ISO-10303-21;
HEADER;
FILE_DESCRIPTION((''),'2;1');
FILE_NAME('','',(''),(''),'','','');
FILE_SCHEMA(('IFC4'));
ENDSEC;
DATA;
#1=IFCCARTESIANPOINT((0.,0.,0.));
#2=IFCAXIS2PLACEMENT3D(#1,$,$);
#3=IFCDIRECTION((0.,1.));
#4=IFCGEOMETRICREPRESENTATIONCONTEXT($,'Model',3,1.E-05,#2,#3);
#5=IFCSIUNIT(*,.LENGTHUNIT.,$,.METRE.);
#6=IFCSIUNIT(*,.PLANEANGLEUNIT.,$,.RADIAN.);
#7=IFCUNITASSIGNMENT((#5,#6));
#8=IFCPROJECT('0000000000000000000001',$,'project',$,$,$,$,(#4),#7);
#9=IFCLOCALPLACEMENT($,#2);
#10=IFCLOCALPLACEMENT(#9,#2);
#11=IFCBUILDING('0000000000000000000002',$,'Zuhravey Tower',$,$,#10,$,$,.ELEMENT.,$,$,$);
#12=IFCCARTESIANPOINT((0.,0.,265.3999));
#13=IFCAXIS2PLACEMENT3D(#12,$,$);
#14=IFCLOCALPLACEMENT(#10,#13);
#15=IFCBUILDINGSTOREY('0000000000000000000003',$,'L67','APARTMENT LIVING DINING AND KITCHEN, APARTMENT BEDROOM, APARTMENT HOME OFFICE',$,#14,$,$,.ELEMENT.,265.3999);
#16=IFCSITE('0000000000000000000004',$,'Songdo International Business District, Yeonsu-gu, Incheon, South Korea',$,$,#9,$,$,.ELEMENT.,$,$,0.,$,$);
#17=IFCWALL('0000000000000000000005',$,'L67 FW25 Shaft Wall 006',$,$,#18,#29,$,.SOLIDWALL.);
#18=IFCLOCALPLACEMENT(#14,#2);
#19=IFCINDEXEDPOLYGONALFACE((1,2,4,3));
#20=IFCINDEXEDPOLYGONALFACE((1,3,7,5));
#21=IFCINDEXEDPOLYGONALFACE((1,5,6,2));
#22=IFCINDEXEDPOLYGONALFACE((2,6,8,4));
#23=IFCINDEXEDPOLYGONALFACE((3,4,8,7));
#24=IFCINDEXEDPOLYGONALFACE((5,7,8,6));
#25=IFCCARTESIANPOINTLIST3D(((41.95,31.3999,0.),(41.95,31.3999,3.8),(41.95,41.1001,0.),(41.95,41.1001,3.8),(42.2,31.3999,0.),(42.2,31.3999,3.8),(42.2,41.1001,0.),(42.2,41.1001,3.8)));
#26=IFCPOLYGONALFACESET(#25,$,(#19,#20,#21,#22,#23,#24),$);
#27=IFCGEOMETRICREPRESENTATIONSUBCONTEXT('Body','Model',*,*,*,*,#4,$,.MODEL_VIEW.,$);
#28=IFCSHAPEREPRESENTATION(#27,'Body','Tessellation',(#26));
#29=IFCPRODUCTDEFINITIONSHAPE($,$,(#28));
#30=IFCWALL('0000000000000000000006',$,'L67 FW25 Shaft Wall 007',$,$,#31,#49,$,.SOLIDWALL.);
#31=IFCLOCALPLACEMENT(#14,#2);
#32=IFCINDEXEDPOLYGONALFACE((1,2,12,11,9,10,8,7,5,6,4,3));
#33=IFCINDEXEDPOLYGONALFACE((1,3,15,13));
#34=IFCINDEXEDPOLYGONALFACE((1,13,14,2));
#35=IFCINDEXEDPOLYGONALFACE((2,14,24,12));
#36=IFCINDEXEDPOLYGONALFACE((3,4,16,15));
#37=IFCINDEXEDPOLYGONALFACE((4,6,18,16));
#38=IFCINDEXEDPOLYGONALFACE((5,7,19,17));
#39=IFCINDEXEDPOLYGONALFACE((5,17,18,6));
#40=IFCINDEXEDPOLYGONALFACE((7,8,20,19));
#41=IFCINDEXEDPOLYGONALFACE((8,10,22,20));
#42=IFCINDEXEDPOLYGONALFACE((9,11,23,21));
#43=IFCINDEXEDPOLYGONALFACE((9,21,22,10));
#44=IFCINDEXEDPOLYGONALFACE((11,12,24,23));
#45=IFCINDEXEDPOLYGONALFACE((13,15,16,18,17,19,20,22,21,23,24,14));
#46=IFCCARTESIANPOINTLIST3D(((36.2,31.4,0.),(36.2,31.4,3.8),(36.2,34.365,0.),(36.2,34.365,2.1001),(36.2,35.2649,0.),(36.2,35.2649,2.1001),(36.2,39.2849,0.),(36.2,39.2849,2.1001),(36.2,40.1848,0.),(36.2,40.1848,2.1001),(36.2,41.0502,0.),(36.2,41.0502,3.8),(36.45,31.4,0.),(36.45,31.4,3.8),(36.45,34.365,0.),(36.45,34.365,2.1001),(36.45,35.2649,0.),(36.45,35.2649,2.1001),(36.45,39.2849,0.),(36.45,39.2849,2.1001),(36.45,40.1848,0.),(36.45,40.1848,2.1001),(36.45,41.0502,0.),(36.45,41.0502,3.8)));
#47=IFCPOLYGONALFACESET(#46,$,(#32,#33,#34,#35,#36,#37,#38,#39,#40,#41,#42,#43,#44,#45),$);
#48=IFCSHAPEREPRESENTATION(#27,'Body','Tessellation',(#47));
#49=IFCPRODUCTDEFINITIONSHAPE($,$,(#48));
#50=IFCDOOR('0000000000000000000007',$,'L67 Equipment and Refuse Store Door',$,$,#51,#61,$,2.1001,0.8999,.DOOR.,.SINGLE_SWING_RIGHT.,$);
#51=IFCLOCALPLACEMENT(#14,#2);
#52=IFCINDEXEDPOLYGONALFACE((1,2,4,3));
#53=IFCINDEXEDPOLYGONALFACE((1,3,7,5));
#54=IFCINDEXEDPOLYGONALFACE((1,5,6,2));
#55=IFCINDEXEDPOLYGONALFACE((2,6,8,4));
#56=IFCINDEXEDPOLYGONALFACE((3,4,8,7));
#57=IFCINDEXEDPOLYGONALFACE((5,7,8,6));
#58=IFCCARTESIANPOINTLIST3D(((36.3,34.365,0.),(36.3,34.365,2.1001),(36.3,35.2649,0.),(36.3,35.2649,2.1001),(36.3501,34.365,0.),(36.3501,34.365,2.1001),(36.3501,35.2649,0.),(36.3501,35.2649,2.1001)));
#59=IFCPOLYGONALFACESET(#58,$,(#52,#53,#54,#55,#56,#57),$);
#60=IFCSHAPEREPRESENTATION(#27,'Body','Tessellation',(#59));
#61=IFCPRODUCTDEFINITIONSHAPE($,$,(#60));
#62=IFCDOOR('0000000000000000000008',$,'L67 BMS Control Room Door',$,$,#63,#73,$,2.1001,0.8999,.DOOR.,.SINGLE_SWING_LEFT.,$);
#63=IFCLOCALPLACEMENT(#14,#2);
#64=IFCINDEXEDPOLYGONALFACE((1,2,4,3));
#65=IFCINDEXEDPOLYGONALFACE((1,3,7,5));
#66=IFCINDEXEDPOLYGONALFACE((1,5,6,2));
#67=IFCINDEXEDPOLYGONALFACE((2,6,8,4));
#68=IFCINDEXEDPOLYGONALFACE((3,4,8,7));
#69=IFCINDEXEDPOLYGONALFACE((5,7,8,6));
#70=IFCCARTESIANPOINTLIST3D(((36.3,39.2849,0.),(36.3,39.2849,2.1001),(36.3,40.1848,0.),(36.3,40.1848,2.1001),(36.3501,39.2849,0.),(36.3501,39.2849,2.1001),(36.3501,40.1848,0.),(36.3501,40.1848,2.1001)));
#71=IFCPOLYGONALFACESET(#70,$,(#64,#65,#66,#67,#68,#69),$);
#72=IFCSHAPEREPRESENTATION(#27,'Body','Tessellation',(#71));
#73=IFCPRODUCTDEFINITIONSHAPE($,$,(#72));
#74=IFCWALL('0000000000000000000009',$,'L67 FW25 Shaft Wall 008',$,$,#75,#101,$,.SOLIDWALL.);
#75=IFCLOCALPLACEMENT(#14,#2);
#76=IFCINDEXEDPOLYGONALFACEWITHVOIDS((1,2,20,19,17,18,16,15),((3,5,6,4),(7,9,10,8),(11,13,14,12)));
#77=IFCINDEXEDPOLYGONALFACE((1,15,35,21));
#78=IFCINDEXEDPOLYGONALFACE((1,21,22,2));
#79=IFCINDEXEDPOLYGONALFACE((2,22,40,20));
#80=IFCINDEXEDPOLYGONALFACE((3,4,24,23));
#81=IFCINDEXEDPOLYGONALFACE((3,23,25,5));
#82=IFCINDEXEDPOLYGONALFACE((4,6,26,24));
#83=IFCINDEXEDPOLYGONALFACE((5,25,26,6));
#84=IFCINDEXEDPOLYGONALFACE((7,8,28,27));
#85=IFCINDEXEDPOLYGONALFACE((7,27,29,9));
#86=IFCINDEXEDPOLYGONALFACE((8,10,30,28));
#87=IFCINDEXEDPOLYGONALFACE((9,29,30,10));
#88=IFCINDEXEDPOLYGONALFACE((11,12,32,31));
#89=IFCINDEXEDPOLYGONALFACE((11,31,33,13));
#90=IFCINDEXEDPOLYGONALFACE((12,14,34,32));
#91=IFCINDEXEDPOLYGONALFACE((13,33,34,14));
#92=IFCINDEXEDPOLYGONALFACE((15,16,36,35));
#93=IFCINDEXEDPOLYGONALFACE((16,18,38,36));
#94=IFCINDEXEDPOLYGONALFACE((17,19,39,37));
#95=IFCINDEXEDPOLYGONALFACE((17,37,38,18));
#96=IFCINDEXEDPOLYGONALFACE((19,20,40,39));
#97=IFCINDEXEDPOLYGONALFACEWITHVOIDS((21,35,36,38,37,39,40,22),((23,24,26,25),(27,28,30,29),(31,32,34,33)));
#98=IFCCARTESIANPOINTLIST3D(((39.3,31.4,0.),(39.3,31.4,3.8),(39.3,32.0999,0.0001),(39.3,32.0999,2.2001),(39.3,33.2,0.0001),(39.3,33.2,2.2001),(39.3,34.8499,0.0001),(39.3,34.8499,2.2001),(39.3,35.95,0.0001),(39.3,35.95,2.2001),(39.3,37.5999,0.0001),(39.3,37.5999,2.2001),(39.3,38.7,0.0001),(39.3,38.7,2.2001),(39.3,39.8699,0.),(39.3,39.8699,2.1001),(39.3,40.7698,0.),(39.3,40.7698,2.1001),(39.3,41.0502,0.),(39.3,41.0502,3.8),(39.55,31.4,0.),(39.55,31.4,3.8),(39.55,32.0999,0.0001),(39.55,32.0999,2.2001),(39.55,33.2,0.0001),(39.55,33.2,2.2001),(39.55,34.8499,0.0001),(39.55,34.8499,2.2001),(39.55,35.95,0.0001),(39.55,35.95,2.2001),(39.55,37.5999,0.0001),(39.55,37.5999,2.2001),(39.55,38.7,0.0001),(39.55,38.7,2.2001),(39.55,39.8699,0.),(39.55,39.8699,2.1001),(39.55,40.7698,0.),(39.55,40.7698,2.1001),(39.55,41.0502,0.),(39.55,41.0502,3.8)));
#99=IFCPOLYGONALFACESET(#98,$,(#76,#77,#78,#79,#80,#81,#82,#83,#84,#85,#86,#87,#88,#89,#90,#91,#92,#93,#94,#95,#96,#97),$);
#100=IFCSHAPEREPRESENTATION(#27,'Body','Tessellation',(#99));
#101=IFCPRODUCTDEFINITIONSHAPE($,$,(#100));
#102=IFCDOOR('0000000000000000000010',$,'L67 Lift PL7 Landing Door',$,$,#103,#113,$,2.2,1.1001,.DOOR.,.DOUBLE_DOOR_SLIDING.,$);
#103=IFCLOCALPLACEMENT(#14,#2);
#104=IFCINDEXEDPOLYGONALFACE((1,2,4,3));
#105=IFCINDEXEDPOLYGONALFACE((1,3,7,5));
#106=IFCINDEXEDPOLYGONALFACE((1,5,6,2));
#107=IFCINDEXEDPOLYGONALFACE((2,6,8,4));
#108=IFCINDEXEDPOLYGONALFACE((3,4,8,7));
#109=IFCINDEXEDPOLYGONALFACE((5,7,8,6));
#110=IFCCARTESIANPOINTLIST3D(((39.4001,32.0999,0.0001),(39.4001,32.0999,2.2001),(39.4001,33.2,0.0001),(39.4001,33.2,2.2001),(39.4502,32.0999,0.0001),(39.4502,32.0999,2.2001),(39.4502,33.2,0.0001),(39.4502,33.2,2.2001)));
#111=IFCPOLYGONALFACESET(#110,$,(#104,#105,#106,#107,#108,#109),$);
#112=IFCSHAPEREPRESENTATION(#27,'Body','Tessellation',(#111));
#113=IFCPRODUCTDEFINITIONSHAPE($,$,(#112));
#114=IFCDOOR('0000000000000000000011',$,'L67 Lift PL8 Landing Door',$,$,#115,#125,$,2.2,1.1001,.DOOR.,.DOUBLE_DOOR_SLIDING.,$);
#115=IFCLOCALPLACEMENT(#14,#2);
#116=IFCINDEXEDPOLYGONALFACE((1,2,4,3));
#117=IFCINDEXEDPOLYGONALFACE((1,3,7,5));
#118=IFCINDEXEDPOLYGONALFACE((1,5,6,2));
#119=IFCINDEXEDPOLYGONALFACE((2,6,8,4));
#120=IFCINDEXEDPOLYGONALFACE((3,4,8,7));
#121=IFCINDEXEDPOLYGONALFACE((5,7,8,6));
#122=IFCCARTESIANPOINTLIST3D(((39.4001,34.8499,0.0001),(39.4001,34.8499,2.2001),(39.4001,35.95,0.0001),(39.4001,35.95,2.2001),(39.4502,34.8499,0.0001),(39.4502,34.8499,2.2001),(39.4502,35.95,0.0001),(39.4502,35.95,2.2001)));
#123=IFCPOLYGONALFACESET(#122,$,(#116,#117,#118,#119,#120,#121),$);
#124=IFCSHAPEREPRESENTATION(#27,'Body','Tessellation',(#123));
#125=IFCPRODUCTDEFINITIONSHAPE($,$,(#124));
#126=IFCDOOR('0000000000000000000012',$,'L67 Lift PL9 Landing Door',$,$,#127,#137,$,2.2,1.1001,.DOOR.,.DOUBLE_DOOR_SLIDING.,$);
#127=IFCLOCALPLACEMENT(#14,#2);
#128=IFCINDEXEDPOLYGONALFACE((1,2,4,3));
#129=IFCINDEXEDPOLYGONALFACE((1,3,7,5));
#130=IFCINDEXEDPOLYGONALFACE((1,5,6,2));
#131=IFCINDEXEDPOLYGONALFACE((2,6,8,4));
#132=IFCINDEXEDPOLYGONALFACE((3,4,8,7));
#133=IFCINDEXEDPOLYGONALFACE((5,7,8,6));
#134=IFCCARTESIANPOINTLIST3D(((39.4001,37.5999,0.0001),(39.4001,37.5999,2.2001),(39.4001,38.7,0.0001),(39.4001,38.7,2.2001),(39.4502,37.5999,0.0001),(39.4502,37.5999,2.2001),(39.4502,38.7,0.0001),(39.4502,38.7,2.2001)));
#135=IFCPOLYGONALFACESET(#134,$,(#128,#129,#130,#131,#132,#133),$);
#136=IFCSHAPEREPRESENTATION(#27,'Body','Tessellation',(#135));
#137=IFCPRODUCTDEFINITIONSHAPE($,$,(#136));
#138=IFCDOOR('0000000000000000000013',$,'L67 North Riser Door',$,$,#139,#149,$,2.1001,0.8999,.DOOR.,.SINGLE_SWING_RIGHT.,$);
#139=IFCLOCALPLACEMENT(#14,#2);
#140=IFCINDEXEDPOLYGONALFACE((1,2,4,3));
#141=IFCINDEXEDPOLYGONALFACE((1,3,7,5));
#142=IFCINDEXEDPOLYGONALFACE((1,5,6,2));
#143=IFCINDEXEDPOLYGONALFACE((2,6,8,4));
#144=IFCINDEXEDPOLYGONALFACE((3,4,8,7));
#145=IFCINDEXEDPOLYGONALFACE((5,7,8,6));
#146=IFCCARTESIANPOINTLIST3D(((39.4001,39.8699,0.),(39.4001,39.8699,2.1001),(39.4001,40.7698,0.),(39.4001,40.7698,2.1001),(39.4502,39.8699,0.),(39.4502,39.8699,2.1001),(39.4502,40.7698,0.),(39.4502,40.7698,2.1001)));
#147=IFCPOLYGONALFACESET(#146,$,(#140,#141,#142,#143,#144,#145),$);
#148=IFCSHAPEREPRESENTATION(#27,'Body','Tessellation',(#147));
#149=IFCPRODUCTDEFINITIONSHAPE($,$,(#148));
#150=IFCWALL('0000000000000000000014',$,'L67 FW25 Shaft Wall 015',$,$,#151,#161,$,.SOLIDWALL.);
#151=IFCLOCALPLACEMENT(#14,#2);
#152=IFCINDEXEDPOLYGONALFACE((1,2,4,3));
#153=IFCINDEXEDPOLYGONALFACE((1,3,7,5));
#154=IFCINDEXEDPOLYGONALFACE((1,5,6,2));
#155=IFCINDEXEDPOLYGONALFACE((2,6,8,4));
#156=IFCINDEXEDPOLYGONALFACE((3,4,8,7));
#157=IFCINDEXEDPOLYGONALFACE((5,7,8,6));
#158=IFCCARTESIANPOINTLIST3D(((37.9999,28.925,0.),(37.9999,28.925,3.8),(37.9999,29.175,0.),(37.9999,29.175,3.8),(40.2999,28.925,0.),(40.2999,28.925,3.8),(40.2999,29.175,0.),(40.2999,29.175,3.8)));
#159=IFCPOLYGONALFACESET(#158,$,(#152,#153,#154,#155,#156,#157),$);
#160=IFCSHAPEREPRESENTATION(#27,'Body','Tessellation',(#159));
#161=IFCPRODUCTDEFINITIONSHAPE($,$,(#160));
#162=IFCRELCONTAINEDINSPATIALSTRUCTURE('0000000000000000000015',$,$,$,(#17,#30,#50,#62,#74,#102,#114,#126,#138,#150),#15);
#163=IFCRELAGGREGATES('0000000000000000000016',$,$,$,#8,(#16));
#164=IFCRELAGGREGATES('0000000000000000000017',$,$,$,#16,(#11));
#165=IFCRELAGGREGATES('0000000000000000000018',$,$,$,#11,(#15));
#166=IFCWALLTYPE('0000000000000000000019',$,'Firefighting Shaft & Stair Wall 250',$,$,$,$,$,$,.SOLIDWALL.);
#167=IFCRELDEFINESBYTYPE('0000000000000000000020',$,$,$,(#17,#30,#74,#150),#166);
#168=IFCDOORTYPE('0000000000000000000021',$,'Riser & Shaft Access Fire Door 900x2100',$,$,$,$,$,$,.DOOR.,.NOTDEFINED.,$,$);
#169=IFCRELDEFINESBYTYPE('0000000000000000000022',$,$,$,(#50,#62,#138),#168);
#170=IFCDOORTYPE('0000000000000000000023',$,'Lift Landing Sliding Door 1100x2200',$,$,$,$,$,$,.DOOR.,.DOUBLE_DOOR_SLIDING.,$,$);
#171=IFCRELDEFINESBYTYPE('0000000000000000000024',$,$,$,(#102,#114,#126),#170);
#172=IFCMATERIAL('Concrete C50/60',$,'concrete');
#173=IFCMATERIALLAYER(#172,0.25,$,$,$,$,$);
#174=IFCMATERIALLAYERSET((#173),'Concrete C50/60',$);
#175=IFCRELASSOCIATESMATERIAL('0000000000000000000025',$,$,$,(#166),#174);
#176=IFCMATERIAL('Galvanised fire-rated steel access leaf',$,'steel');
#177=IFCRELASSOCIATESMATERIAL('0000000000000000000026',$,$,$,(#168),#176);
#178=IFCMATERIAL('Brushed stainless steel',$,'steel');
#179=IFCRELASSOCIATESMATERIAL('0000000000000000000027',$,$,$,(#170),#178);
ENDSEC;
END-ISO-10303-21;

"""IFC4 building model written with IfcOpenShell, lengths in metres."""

from ifc_helpers import new_model, si_unit, direction, frame, frame_2d, origin, place, context, subcontext, project, spatial, rectangle, extrude, material, layer, layer_set, type_object, element, fill, save


model = new_model("IFC4")

# Units and contexts
model_context = context("Model", 3, precision=1e-05, world=origin(), true_north=direction((0.0, 1.0)))
body_context = subcontext(model_context, "Body", "Model", "MODEL_VIEW")
ifc_project = project(units=[si_unit("LENGTHUNIT", "METRE"), si_unit("PLANEANGLEUNIT", "RADIAN")], contexts=[model_context])

# Site, building, storey
site_placement = place(None, origin())
site = spatial("IfcSite", under=ifc_project, at=site_placement, Name="Songdo International Business District, Yeonsu-gu, Incheon, South Korea", CompositionType="ELEMENT", RefElevation=0.0)
building_placement = place(site_placement, origin())
building = spatial("IfcBuilding", under=site, at=building_placement, Name="Zuhravey Tower", CompositionType="ELEMENT")
storey_placement = place(building_placement, frame((0.0, 0.0, 265.3999)))
storey = spatial("IfcBuildingStorey", under=building, at=storey_placement, Name="L67", Description="APARTMENT LIVING DINING AND KITCHEN, APARTMENT BEDROOM, APARTMENT HOME OFFICE", CompositionType="ELEMENT", Elevation=265.3999)

# Wall
ifc_material_1 = material(Name="Concrete C50/60", Category="concrete")
ifc_layer = layer(ifc_material_1, 0.25)
ifc_layer_set = layer_set([ifc_layer], Name="Concrete C50/60")
wall_type = type_object("IfcWallType", Name="Firefighting Shaft & Stair Wall 250", PredefinedType="SOLIDWALL", material=ifc_layer_set)
wall_1_placement = place(storey_placement, frame((42.075, 31.3999, 0.0), z_axis=(0.0, 0.0, 1.0), x_axis=(0.0, 1.0, 0.0)))
element("IfcWall", 1, at=wall_1_placement, inside=storey, type_object=wall_type, Name="L67 FW25 Shaft Wall 006", PredefinedType="SOLIDWALL", context=body_context, shape_type="SweptSolid", body=[
    extrude(rectangle(XDim=9.7002, YDim=0.25, at=frame_2d((4.8501, 0.0))), origin(), (0.0, 0.0, 1.0), 3.8),
])

# Walls, openings, doors
wall_2_placement = place(storey_placement, frame((36.325, 31.3999, 0.0), z_axis=(0.0, 0.0, 1.0), x_axis=(0.0, 1.0, 0.0)))
wall_2 = element("IfcWall", 2, at=wall_2_placement, inside=storey, type_object=wall_type, Name="L67 FW25 Shaft Wall 007", PredefinedType="SOLIDWALL", context=body_context, shape_type="SweptSolid", body=[
    extrude(rectangle(XDim=9.6501, YDim=0.25, at=frame_2d((4.8252, 0.0))), origin(), (0.0, 0.0, 1.0), 3.8),
])
opening_1_placement = place(wall_2_placement, frame((2.9651, 0.0, 0.0)))
opening_1 = element("IfcOpeningElement", 3, at=opening_1_placement, cuts=wall_2, PredefinedType="OPENING", context=body_context, shape_type="SweptSolid", body=[
    extrude(rectangle(XDim=0.8999, YDim=2.1001, at=frame_2d((0.45, 1.05))), frame((0.0, 0.137, 0.0), z_axis=(0.0, -1.0, 0.0), x_axis=(1.0, 0.0, 0.0)), (0.0, 0.0, 1.0), 0.2739),
])
opening_2_placement = place(wall_2_placement, frame((7.885, 0.0, 0.0)))
opening_2 = element("IfcOpeningElement", 4, at=opening_2_placement, cuts=wall_2, PredefinedType="OPENING", context=body_context, shape_type="SweptSolid", body=[
    extrude(rectangle(XDim=0.8999, YDim=2.1001, at=frame_2d((0.45, 1.05))), frame((0.0, 0.137, 0.0), z_axis=(0.0, -1.0, 0.0), x_axis=(1.0, 0.0, 0.0)), (0.0, 0.0, 1.0), 0.2739),
])
ifc_material_2 = material(Name="Galvanised fire-rated steel access leaf", Category="steel")
door_type_1 = type_object("IfcDoorType", Name="Riser & Shaft Access Fire Door 900x2100", OperationType="NOTDEFINED", PredefinedType="DOOR", material=ifc_material_2)
door_1_placement = place(opening_1_placement, origin())
door_1 = element("IfcDoor", 5, at=door_1_placement, inside=storey, type_object=door_type_1, Name="L67 Equipment and Refuse Store Door", OperationType="SINGLE_SWING_RIGHT", OverallHeight=2.1001, OverallWidth=0.8999, PredefinedType="DOOR", context=body_context, shape_type="SweptSolid", body=[
    extrude(rectangle(XDim=0.8999, YDim=2.1001, at=frame_2d((0.45, 1.05))), frame((0.0, 0.0249, 0.0), z_axis=(0.0, -1.0, 0.0), x_axis=(1.0, 0.0, 0.0)), (0.0, 0.0, 1.0), 0.05),
])
fill(opening_1, door_1)
door_2_placement = place(opening_2_placement, origin())
door_2 = element("IfcDoor", 6, at=door_2_placement, inside=storey, type_object=door_type_1, Name="L67 BMS Control Room Door", OperationType="SINGLE_SWING_LEFT", OverallHeight=2.1001, OverallWidth=0.8999, PredefinedType="DOOR", context=body_context, shape_type="SweptSolid", body=[
    extrude(rectangle(XDim=0.8999, YDim=2.1001, at=frame_2d((0.45, 1.05))), frame((0.0, 0.0249, 0.0), z_axis=(0.0, -1.0, 0.0), x_axis=(1.0, 0.0, 0.0)), (0.0, 0.0, 1.0), 0.05),
])
fill(opening_2, door_2)
wall_3_placement = place(storey_placement, frame((39.425, 31.3999, 0.0), z_axis=(0.0, 0.0, 1.0), x_axis=(0.0, 1.0, 0.0)))
wall_3 = element("IfcWall", 7, at=wall_3_placement, inside=storey, type_object=wall_type, Name="L67 FW25 Shaft Wall 008", PredefinedType="SOLIDWALL", context=body_context, shape_type="SweptSolid", body=[
    extrude(rectangle(XDim=9.6501, YDim=0.25, at=frame_2d((4.8252, 0.0))), origin(), (0.0, 0.0, 1.0), 3.8),
])
opening_3_placement = place(wall_3_placement, frame((0.7, 0.0, 0.0)))
opening_3 = element("IfcOpeningElement", 8, at=opening_3_placement, cuts=wall_3, PredefinedType="OPENING", context=body_context, shape_type="SweptSolid", body=[
    extrude(rectangle(XDim=1.1001, YDim=2.2, at=frame_2d((0.55, 1.1001))), frame((0.0, 0.137, 0.0), z_axis=(0.0, -1.0, 0.0), x_axis=(1.0, 0.0, 0.0)), (0.0, 0.0, 1.0), 0.2739),
])
opening_4_placement = place(wall_3_placement, frame((3.45, 0.0, 0.0)))
opening_4 = element("IfcOpeningElement", 9, at=opening_4_placement, cuts=wall_3, PredefinedType="OPENING", context=body_context, shape_type="SweptSolid", body=[
    extrude(rectangle(XDim=1.1001, YDim=2.2, at=frame_2d((0.55, 1.1001))), frame((0.0, 0.137, 0.0), z_axis=(0.0, -1.0, 0.0), x_axis=(1.0, 0.0, 0.0)), (0.0, 0.0, 1.0), 0.2739),
])
opening_5_placement = place(wall_3_placement, frame((6.2, 0.0, 0.0)))
opening_5 = element("IfcOpeningElement", 10, at=opening_5_placement, cuts=wall_3, PredefinedType="OPENING", context=body_context, shape_type="SweptSolid", body=[
    extrude(rectangle(XDim=1.1001, YDim=2.2, at=frame_2d((0.55, 1.1001))), frame((0.0, 0.137, 0.0), z_axis=(0.0, -1.0, 0.0), x_axis=(1.0, 0.0, 0.0)), (0.0, 0.0, 1.0), 0.2739),
])
opening_6_placement = place(wall_3_placement, frame((8.47, 0.0, 0.0)))
opening_6 = element("IfcOpeningElement", 11, at=opening_6_placement, cuts=wall_3, PredefinedType="OPENING", context=body_context, shape_type="SweptSolid", body=[
    extrude(rectangle(XDim=0.8999, YDim=2.1001, at=frame_2d((0.45, 1.05))), frame((0.0, 0.137, 0.0), z_axis=(0.0, -1.0, 0.0), x_axis=(1.0, 0.0, 0.0)), (0.0, 0.0, 1.0), 0.2739),
])
ifc_material_3 = material(Name="Brushed stainless steel", Category="steel")
door_type_2 = type_object("IfcDoorType", Name="Lift Landing Sliding Door 1100x2200", OperationType="DOUBLE_DOOR_SLIDING", PredefinedType="DOOR", material=ifc_material_3)
door_3_placement = place(opening_3_placement, origin())
door_3 = element("IfcDoor", 12, at=door_3_placement, inside=storey, type_object=door_type_2, Name="L67 Lift PL7 Landing Door", OperationType="DOUBLE_DOOR_SLIDING", OverallHeight=2.2, OverallWidth=1.1001, PredefinedType="DOOR", context=body_context, shape_type="SweptSolid", body=[
    extrude(rectangle(XDim=1.1001, YDim=2.2, at=frame_2d((0.55, 1.1001))), frame((0.0, 0.0249, 0.0), z_axis=(0.0, -1.0, 0.0), x_axis=(1.0, 0.0, 0.0)), (0.0, 0.0, 1.0), 0.05),
])
fill(opening_3, door_3)
door_4_placement = place(opening_4_placement, origin())
door_4 = element("IfcDoor", 13, at=door_4_placement, inside=storey, type_object=door_type_2, Name="L67 Lift PL8 Landing Door", OperationType="DOUBLE_DOOR_SLIDING", OverallHeight=2.2, OverallWidth=1.1001, PredefinedType="DOOR", context=body_context, shape_type="SweptSolid", body=[
    extrude(rectangle(XDim=1.1001, YDim=2.2, at=frame_2d((0.55, 1.1001))), frame((0.0, 0.0249, 0.0), z_axis=(0.0, -1.0, 0.0), x_axis=(1.0, 0.0, 0.0)), (0.0, 0.0, 1.0), 0.05),
])
fill(opening_4, door_4)
door_5_placement = place(opening_5_placement, origin())
door_5 = element("IfcDoor", 14, at=door_5_placement, inside=storey, type_object=door_type_2, Name="L67 Lift PL9 Landing Door", OperationType="DOUBLE_DOOR_SLIDING", OverallHeight=2.2, OverallWidth=1.1001, PredefinedType="DOOR", context=body_context, shape_type="SweptSolid", body=[
    extrude(rectangle(XDim=1.1001, YDim=2.2, at=frame_2d((0.55, 1.1001))), frame((0.0, 0.0249, 0.0), z_axis=(0.0, -1.0, 0.0), x_axis=(1.0, 0.0, 0.0)), (0.0, 0.0, 1.0), 0.05),
])
fill(opening_5, door_5)
door_6_placement = place(opening_6_placement, origin())
door_6 = element("IfcDoor", 15, at=door_6_placement, inside=storey, type_object=door_type_1, Name="L67 North Riser Door", OperationType="SINGLE_SWING_RIGHT", OverallHeight=2.1001, OverallWidth=0.8999, PredefinedType="DOOR", context=body_context, shape_type="SweptSolid", body=[
    extrude(rectangle(XDim=0.8999, YDim=2.1001, at=frame_2d((0.45, 1.05))), frame((0.0, 0.0249, 0.0), z_axis=(0.0, -1.0, 0.0), x_axis=(1.0, 0.0, 0.0)), (0.0, 0.0, 1.0), 0.05),
])
fill(opening_6, door_6)

# Wall
wall_4_placement = place(storey_placement, frame((38.0, 29.05, 0.0), z_axis=(0.0, 0.0, 1.0), x_axis=(1.0, 0.0, 0.0)))
element("IfcWall", 16, at=wall_4_placement, inside=storey, type_object=wall_type, Name="L67 FW25 Shaft Wall 015", PredefinedType="SOLIDWALL", context=body_context, shape_type="SweptSolid", body=[
    extrude(rectangle(XDim=2.3, YDim=0.25, at=frame_2d((1.1499, 0.0))), origin(), (0.0, 0.0, 1.0), 3.8),
])

save(model, "model.ifc")
